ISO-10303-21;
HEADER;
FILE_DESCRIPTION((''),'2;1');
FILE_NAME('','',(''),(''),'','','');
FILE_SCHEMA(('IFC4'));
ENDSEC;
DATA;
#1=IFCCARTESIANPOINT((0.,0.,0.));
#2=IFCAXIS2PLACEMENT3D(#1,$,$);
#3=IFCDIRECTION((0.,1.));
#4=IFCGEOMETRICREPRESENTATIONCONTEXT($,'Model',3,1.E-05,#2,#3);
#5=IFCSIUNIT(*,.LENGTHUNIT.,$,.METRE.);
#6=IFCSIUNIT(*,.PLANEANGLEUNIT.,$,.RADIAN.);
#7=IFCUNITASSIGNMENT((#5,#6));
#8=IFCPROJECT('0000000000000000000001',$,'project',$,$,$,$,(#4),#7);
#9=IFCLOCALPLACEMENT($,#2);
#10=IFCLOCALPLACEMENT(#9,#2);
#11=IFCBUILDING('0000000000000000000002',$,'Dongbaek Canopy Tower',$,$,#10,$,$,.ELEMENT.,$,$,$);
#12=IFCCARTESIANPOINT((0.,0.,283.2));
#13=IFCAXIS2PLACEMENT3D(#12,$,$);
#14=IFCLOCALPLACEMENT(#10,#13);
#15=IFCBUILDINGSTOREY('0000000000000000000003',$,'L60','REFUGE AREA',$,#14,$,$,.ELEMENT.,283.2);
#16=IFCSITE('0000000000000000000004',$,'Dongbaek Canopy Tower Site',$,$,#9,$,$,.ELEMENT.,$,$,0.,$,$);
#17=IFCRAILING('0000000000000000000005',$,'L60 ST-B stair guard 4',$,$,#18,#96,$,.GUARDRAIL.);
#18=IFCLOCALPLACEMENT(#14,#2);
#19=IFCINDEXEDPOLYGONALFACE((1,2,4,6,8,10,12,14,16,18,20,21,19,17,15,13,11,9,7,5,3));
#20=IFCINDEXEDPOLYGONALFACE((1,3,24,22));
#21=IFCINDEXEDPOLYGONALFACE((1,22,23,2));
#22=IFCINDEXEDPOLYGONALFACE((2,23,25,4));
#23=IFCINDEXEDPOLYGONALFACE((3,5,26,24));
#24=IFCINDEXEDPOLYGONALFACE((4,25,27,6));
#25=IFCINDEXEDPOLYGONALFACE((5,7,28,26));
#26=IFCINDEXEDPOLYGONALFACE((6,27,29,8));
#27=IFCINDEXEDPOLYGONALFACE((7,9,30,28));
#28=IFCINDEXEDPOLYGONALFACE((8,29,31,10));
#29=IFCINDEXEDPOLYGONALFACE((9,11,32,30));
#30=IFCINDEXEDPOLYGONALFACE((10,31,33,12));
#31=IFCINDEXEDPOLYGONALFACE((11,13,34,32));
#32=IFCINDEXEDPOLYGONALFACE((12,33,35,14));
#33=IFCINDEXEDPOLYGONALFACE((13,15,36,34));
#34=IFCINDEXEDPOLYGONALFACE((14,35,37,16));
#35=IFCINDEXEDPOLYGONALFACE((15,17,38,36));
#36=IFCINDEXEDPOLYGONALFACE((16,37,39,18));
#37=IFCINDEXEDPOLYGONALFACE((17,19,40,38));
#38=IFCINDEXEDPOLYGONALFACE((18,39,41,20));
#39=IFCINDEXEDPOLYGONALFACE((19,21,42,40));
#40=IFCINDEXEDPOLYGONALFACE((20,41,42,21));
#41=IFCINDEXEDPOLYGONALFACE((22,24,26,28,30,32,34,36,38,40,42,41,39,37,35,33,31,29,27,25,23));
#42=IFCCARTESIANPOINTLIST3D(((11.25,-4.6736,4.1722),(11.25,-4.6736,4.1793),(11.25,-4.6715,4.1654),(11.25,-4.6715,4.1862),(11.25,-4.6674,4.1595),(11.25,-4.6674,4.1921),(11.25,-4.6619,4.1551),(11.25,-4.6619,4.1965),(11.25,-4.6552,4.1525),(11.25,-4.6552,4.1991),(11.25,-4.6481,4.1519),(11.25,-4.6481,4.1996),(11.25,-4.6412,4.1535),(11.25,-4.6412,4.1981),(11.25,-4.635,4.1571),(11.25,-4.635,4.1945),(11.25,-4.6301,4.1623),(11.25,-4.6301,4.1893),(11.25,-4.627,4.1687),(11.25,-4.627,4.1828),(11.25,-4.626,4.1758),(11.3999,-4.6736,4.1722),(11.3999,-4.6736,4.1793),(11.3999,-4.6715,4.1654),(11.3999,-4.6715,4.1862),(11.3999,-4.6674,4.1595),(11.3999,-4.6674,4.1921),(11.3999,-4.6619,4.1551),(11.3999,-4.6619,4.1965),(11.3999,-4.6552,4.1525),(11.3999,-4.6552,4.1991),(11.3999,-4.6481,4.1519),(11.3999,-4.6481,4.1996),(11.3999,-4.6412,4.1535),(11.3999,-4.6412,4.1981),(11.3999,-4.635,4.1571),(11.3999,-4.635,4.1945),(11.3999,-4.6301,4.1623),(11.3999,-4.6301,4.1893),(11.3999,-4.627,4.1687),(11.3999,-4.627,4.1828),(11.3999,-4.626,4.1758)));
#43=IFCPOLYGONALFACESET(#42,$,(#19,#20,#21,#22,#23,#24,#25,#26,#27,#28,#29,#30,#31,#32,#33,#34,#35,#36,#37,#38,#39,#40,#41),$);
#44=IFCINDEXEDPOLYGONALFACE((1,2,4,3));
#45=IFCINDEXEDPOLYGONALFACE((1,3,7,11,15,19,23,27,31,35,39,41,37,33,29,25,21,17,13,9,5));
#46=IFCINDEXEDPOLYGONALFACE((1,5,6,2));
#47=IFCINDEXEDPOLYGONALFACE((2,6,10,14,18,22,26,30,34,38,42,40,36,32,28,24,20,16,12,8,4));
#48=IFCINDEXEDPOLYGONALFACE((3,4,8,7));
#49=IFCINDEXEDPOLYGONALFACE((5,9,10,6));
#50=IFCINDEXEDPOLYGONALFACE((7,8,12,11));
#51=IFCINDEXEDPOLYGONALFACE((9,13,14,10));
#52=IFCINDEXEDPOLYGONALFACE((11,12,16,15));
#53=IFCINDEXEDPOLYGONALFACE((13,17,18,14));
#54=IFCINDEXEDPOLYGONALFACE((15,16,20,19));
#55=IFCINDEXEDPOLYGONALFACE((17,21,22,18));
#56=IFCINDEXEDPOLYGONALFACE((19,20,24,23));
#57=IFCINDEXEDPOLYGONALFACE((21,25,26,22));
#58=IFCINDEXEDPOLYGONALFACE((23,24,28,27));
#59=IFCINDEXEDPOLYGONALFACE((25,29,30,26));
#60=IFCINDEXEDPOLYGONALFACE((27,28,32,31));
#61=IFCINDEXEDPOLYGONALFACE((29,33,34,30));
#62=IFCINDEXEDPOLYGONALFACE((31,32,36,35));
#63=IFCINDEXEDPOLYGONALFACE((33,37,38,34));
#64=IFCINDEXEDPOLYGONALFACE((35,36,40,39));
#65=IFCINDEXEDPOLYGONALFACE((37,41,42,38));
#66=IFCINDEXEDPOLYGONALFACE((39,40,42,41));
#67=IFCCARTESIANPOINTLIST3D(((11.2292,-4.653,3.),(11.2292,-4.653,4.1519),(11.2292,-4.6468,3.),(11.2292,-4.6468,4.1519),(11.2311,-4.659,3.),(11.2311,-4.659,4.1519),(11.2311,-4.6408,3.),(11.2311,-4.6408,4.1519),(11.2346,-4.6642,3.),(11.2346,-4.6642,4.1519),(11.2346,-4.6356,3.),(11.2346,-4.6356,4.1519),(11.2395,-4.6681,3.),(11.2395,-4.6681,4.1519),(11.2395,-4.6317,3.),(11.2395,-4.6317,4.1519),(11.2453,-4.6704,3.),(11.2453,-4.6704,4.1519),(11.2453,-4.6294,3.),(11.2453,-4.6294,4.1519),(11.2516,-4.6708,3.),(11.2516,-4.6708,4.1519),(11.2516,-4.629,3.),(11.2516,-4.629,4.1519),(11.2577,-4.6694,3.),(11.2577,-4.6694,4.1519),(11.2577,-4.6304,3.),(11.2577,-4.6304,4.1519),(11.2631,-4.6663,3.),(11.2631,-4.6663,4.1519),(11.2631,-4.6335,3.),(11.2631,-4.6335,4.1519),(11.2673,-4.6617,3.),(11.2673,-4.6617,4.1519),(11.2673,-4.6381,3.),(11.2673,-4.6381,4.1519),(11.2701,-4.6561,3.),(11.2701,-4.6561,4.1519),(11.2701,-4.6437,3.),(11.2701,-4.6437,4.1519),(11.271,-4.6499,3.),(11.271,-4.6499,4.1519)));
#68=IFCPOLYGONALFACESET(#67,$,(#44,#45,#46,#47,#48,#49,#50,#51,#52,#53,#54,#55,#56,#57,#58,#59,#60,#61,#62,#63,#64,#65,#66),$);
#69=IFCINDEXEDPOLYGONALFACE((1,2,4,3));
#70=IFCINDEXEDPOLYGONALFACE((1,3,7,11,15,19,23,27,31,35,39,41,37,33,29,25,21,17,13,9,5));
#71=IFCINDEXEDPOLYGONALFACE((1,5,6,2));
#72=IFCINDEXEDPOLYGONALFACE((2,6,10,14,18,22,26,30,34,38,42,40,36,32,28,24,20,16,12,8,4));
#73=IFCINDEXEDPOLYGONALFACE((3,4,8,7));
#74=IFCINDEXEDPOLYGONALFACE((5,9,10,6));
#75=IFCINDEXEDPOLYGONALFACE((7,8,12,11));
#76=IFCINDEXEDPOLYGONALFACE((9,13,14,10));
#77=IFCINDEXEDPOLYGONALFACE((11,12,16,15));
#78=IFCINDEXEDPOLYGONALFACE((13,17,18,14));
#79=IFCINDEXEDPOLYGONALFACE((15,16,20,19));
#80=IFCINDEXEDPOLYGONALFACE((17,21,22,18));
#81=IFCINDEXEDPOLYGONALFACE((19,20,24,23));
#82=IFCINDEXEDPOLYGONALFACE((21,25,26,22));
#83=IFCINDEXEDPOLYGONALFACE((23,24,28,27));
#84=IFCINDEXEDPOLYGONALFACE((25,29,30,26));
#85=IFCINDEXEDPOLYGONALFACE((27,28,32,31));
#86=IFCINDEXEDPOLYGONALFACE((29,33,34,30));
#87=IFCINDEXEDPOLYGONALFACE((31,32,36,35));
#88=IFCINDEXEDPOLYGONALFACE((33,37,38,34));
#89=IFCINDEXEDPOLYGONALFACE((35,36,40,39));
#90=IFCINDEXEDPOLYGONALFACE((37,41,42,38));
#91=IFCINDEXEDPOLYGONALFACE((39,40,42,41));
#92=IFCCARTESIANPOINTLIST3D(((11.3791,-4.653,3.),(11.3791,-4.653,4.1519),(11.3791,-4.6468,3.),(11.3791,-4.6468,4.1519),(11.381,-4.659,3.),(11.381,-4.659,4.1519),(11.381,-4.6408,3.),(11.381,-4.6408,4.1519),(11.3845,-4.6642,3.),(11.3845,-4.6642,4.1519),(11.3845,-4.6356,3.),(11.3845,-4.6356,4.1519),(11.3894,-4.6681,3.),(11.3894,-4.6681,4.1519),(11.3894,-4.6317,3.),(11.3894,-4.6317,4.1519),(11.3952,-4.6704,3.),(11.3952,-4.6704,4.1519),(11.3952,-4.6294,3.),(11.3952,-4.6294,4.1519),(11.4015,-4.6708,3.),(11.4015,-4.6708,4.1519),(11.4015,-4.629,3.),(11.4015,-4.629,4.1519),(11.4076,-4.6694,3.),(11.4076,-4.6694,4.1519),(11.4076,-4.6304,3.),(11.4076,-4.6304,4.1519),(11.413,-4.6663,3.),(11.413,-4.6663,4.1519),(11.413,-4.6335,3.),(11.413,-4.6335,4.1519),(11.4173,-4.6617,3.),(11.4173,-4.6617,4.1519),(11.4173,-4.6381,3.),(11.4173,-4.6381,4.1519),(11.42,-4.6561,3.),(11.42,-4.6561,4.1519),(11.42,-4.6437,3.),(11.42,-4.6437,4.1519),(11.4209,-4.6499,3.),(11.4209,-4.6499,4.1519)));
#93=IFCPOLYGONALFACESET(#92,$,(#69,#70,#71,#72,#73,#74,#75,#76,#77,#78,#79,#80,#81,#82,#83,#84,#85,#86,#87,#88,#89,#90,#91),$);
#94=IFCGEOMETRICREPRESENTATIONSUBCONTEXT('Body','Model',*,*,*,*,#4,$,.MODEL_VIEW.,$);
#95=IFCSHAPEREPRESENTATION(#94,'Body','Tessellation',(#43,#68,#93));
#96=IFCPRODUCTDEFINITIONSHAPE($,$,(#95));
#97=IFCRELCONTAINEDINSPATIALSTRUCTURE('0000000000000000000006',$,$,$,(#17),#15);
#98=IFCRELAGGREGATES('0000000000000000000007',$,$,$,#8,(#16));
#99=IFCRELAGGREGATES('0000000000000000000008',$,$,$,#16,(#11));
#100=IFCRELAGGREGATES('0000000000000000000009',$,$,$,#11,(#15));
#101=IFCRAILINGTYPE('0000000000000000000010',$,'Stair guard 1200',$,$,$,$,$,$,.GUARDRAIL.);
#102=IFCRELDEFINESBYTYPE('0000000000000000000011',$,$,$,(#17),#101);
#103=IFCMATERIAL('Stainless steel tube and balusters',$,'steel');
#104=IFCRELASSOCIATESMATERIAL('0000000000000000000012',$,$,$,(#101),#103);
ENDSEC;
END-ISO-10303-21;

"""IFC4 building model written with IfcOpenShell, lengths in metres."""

from ifc_helpers import new_model, si_unit, direction, frame, origin, origin_2d, place, context, subcontext, project, spatial, circle, extrude, material, type_object, element, save


model = new_model("IFC4")

# Units and contexts
model_context = context("Model", 3, precision=1e-05, world=origin(), true_north=direction((0.0, 1.0)))
body_context = subcontext(model_context, "Body", "Model", "MODEL_VIEW")
ifc_project = project(units=[si_unit("LENGTHUNIT", "METRE"), si_unit("PLANEANGLEUNIT", "RADIAN")], contexts=[model_context])

# Site, building, storey
site_placement = place(None, origin())
site = spatial("IfcSite", under=ifc_project, at=site_placement, Name="Dongbaek Canopy Tower Site", CompositionType="ELEMENT", RefElevation=0.0)
building_placement = place(site_placement, origin())
building = spatial("IfcBuilding", under=site, at=building_placement, Name="Dongbaek Canopy Tower", CompositionType="ELEMENT")
storey_placement = place(building_placement, frame((0.0, 0.0, 283.2)))
storey = spatial("IfcBuildingStorey", under=building, at=storey_placement, Name="L60", Description="REFUGE AREA", CompositionType="ELEMENT", Elevation=283.2)

# Railing
ifc_material_1 = material(Name="Stainless steel tube and balusters", Category="steel")
railing_type_1 = type_object("IfcRailingType", Name="Stair guard 1200", PredefinedType="GUARDRAIL", material=ifc_material_1)
railing_1_placement = place(storey_placement, frame((11.25, -4.6499, 3.0)))
element("IfcRailing", 1, at=railing_1_placement, inside=storey, type_object=railing_type_1, Name="L60 ST-B stair guard 4", PredefinedType="GUARDRAIL", context=body_context, shape_type="SweptSolid", body=[
    extrude(circle(Radius=0.0239, at=origin_2d()), frame((0.0, 0.0, 1.1758), z_axis=(1.0, 0.0, 0.0), x_axis=(0.0, 1.0, 0.0)), (0.0, 0.0, 1.0), 0.1499),
    extrude(circle(Radius=0.021, at=origin_2d()), origin(), (0.0, 0.0, 1.0), 1.1519),
    extrude(circle(Radius=0.021, at=origin_2d()), frame((0.1499, 0.0, 0.0)), (0.0, 0.0, 1.0), 1.1519),
])

save(model, "model.ifc")
